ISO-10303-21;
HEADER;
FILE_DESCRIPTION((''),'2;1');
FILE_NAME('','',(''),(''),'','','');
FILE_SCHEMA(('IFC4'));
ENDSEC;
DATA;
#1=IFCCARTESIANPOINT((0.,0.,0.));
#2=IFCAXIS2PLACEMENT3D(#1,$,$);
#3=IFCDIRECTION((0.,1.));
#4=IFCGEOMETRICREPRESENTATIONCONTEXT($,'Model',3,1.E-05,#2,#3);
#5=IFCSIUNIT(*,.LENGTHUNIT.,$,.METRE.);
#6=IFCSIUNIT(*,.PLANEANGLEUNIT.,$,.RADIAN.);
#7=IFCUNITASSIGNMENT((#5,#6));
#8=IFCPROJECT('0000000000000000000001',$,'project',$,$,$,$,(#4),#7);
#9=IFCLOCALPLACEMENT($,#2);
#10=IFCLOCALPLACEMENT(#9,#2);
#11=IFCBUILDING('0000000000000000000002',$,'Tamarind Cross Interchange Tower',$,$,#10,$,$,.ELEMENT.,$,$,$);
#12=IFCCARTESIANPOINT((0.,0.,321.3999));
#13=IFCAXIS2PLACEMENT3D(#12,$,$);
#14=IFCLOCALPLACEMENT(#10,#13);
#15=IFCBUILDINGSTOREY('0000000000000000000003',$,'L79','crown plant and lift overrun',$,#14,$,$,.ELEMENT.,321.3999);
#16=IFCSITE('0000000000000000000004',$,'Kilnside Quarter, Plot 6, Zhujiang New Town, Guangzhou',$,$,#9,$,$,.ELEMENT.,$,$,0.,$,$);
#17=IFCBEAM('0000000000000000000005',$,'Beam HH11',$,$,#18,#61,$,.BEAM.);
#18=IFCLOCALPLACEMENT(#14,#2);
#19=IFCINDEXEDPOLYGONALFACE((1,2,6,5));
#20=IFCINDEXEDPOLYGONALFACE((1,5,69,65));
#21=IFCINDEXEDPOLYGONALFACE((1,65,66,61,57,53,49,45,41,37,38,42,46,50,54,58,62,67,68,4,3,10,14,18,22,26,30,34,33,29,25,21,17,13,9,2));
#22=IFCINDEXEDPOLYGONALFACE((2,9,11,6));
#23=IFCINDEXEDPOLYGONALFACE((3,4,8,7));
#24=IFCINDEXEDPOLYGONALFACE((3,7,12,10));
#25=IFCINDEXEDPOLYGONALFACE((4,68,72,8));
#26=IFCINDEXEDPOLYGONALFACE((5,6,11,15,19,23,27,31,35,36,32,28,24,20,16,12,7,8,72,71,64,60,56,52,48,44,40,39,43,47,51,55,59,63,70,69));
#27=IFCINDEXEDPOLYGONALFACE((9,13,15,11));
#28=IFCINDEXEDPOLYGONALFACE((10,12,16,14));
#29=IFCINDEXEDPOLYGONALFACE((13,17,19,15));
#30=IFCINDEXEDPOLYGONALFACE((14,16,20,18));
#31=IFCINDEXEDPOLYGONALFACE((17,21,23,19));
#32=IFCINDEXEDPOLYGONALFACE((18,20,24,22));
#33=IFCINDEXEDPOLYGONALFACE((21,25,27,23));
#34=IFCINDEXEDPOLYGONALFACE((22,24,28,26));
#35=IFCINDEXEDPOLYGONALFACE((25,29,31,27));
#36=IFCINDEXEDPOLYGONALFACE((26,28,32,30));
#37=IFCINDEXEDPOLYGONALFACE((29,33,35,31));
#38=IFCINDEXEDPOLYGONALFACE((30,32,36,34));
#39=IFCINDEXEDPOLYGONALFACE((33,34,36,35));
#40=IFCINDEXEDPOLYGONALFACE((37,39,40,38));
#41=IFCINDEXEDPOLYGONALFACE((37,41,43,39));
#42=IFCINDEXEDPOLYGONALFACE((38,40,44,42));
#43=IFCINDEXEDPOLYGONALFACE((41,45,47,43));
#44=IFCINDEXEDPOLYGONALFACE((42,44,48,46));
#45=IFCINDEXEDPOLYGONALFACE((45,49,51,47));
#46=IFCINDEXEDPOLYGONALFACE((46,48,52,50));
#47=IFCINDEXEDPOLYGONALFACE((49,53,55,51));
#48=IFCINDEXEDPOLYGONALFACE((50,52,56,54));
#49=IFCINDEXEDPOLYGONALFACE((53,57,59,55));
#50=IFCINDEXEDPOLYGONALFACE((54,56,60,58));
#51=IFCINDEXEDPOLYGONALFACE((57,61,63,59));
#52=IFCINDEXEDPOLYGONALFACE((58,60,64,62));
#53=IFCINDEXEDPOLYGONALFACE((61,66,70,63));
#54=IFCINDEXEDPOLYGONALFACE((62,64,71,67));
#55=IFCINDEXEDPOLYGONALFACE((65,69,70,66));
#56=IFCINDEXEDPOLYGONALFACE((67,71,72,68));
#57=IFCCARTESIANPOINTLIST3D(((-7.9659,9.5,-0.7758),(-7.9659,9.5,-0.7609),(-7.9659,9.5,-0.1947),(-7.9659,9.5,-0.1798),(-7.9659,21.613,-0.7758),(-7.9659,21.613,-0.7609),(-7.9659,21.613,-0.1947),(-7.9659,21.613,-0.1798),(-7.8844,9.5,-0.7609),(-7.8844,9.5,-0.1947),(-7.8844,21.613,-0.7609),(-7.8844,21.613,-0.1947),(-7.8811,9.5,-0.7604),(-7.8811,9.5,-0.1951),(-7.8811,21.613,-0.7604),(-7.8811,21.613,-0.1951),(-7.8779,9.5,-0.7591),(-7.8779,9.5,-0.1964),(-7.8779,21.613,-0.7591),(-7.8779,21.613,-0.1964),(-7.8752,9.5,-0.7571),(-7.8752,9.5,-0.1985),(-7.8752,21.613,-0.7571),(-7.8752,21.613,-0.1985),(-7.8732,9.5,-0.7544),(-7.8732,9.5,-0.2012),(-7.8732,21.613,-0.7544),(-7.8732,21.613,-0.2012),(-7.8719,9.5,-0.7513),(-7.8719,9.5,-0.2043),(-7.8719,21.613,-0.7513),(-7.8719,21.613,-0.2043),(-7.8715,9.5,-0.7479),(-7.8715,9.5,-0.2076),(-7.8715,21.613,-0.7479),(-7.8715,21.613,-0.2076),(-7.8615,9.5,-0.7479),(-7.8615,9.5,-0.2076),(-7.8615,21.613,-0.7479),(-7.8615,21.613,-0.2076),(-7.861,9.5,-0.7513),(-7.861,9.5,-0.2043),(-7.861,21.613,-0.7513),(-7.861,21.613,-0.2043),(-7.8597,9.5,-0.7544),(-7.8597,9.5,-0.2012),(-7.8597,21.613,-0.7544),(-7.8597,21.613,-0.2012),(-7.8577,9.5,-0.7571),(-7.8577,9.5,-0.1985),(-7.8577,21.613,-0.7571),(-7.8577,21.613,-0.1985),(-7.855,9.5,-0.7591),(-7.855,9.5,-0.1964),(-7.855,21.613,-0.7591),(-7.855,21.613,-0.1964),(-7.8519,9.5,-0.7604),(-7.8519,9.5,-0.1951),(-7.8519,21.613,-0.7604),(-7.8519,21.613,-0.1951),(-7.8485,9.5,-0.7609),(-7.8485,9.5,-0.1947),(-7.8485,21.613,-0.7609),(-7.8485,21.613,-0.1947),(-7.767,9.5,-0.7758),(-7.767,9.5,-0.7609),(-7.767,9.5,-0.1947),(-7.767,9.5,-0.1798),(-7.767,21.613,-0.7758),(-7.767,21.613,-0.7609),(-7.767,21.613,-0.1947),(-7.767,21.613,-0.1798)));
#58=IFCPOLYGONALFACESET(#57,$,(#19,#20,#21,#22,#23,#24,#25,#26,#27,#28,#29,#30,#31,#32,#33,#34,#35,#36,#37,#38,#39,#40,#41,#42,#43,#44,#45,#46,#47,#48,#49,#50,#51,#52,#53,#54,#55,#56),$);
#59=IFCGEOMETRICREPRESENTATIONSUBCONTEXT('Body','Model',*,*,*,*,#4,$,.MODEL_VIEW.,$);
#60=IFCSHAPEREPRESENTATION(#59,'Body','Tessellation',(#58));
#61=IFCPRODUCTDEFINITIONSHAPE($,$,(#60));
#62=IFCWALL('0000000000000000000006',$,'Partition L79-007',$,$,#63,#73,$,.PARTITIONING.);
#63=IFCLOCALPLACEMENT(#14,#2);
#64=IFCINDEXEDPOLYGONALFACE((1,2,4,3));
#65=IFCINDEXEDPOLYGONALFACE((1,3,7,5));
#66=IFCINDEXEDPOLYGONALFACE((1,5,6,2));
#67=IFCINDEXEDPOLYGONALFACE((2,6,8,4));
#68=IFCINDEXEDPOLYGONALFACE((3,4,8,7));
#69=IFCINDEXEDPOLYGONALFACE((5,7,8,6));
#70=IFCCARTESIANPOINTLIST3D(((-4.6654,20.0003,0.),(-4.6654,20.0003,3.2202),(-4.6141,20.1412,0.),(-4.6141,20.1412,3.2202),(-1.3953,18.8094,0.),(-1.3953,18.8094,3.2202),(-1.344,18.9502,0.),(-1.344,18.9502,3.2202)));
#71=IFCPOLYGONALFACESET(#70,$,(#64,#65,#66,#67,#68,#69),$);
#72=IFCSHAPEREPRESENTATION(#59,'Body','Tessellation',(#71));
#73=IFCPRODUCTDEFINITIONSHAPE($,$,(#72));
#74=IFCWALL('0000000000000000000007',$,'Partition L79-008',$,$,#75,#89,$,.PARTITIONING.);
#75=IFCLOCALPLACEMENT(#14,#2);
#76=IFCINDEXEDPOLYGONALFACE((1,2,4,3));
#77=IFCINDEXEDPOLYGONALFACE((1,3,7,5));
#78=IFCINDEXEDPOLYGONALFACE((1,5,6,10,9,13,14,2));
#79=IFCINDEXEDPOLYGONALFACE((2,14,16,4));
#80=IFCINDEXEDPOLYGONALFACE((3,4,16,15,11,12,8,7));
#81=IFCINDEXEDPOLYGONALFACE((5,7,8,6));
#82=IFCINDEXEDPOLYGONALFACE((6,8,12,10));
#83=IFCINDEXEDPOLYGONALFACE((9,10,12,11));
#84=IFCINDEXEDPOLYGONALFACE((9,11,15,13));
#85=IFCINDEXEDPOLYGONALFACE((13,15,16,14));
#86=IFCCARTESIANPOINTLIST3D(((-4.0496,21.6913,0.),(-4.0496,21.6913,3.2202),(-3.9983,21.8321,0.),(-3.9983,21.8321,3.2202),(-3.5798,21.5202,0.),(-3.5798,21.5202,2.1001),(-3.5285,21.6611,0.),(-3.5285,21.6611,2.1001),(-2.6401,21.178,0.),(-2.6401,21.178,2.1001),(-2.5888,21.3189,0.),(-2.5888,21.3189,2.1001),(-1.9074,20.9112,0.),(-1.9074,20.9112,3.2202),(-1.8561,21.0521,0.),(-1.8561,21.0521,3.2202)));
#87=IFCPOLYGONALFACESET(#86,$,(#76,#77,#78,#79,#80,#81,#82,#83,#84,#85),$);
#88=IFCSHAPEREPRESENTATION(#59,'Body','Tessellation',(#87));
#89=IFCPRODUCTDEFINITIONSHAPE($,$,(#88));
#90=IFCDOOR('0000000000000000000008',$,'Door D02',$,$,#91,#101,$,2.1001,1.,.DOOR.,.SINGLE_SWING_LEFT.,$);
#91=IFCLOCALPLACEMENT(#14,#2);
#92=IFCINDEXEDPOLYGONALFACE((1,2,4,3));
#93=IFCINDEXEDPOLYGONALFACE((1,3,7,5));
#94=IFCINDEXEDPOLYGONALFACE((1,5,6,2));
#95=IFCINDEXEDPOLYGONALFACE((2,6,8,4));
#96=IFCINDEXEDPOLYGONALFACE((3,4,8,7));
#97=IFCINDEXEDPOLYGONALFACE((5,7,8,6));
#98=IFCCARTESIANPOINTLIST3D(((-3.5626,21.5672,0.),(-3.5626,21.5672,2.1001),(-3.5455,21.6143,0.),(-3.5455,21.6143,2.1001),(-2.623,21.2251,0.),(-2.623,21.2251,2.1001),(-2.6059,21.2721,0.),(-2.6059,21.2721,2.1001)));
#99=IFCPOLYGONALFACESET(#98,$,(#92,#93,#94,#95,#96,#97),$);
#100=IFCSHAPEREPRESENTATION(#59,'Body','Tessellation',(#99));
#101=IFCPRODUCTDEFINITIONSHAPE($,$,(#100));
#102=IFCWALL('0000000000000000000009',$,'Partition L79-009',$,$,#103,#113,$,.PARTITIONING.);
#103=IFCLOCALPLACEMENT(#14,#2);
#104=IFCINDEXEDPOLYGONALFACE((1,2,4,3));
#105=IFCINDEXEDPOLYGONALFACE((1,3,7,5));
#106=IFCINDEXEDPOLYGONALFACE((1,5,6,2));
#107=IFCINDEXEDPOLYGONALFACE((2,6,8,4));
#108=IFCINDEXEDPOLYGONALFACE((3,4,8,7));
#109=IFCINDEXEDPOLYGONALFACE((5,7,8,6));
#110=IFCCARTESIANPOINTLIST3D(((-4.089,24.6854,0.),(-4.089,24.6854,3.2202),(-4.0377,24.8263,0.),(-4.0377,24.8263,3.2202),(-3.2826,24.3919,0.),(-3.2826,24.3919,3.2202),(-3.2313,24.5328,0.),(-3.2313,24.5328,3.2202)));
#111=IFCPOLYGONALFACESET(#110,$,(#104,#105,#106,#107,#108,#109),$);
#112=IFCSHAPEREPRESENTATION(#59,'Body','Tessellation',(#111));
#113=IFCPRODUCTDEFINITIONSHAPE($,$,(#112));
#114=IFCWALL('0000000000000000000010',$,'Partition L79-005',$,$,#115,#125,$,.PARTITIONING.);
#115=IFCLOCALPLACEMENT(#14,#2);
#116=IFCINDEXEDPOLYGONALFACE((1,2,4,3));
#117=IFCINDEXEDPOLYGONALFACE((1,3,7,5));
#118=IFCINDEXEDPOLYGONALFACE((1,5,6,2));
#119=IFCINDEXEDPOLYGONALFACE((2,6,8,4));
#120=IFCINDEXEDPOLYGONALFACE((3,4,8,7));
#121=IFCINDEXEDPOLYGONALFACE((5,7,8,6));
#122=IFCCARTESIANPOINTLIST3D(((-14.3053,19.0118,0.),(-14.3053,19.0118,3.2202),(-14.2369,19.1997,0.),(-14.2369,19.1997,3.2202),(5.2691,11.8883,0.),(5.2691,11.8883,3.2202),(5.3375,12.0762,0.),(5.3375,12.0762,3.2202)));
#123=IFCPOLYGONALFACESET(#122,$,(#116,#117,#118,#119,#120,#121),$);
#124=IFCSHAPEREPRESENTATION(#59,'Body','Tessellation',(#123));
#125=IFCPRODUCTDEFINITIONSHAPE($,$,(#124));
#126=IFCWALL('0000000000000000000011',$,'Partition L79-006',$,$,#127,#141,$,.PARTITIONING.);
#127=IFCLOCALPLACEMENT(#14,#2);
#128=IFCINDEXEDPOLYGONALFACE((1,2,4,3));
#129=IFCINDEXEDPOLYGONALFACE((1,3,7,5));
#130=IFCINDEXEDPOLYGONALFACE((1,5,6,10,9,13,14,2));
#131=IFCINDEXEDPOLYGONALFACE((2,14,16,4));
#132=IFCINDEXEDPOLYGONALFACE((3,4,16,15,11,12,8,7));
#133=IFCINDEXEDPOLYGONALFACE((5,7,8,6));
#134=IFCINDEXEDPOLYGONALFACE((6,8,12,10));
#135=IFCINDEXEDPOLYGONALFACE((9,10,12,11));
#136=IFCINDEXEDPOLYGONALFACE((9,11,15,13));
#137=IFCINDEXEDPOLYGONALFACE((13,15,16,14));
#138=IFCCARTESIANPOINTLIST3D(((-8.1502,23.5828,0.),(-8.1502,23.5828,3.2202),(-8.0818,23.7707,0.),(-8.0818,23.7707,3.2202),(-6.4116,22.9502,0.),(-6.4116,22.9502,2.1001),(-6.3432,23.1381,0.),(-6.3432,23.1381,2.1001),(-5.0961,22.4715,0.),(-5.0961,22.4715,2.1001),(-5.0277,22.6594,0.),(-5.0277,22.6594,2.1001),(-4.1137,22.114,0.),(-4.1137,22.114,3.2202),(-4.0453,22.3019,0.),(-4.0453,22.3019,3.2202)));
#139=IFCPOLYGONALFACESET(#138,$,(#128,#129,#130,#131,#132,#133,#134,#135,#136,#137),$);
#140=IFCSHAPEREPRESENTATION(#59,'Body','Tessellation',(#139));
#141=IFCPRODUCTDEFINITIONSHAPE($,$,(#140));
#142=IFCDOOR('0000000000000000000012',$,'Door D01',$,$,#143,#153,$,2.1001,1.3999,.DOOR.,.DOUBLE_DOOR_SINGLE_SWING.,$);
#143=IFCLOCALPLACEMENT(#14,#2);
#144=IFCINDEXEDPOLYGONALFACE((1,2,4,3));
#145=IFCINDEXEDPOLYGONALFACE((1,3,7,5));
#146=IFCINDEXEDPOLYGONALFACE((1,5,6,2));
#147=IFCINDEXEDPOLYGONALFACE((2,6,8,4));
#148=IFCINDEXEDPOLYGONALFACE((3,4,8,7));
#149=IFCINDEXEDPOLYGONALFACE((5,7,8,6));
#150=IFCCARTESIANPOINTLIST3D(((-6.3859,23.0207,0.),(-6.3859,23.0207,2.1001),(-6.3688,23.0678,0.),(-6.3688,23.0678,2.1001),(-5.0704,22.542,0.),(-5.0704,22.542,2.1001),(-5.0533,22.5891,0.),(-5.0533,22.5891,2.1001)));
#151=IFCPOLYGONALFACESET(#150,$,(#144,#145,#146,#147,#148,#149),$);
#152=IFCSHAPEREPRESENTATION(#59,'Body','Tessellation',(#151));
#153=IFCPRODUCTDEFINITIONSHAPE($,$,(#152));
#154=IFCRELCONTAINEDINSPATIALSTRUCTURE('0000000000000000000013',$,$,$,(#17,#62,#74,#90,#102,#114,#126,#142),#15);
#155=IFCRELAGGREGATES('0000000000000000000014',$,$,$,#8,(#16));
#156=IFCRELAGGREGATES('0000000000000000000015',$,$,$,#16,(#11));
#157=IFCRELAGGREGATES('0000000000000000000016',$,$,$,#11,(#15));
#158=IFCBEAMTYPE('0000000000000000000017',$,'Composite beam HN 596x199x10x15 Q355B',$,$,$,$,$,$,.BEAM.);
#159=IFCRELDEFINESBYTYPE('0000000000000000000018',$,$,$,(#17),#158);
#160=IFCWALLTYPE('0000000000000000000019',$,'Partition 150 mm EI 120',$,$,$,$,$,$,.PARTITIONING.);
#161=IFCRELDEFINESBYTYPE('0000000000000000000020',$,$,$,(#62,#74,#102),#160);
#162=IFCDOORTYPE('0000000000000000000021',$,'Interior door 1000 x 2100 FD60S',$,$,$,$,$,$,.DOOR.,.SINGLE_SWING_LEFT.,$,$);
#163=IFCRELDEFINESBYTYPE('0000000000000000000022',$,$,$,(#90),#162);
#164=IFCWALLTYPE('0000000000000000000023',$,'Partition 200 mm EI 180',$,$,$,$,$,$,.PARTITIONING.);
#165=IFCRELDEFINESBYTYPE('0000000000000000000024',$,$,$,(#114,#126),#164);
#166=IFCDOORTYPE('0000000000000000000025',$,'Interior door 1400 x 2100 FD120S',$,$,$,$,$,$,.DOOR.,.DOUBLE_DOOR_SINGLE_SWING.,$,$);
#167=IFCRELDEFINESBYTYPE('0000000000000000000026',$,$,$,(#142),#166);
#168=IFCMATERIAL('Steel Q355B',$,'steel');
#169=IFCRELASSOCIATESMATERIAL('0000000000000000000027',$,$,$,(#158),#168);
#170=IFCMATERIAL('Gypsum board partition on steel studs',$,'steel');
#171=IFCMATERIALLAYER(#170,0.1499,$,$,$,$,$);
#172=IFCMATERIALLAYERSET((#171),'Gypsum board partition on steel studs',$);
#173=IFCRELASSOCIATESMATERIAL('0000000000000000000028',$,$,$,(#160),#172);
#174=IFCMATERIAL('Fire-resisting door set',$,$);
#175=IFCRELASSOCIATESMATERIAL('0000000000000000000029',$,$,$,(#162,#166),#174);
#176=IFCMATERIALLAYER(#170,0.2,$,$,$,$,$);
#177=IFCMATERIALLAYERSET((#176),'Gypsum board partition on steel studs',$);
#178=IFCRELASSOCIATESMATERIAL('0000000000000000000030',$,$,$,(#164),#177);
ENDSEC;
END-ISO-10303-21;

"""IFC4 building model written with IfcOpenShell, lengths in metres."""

from ifc_helpers import new_model, si_unit, direction, frame, frame_2d, origin, origin_2d, place, context, subcontext, project, spatial, rectangle, i_section, extrude, material, layer, layer_set, material_profile, profile_set, type_object, element, fill, save


model = new_model("IFC4")

# Units and contexts
model_context = context("Model", 3, precision=1e-05, world=origin(), true_north=direction((0.0, 1.0)))
body_context = subcontext(model_context, "Body", "Model", "MODEL_VIEW")
ifc_project = project(units=[si_unit("LENGTHUNIT", "METRE"), si_unit("PLANEANGLEUNIT", "RADIAN")], contexts=[model_context])

# Site, building, storey
site_placement = place(None, origin())
site = spatial("IfcSite", under=ifc_project, at=site_placement, Name="Kilnside Quarter, Plot 6, Zhujiang New Town, Guangzhou", CompositionType="ELEMENT", RefElevation=0.0)
building_placement = place(site_placement, origin())
building = spatial("IfcBuilding", under=site, at=building_placement, Name="Tamarind Cross Interchange Tower", CompositionType="ELEMENT")
storey_placement = place(building_placement, frame((0.0, 0.0, 321.3999)))
storey = spatial("IfcBuildingStorey", under=building, at=storey_placement, Name="L79", Description="crown plant and lift overrun", CompositionType="ELEMENT", Elevation=321.3999)

# Beam
ifc_material_1 = material(Name="Steel Q355B", Category="steel")
ifc_material_profile_1 = material_profile(ifc_material_1, i_section(OverallWidth=0.199, OverallDepth=0.5959, WebThickness=0.01, FlangeThickness=0.0149, FilletRadius=0.0129, at=origin_2d()), Name="HN 596x199x10x15")
ifc_profile_set_1 = profile_set([ifc_material_profile_1], Name="Steel Q355B")
beam_type = type_object("IfcBeamType", Name="Composite beam HN 596x199x10x15 Q355B", PredefinedType="BEAM", material=ifc_profile_set_1)
beam_1_placement = place(storey_placement, frame((-7.8665, 21.613, -0.4778), z_axis=(0.0, -1.0, 0.0), x_axis=(1.0, 0.0, 0.0)))
element("IfcBeam", 1, at=beam_1_placement, inside=storey, type_object=beam_type, Name="Beam HH11", PredefinedType="BEAM", context=body_context, shape_type="SweptSolid", body=[
    extrude(i_section(OverallWidth=0.199, OverallDepth=0.5959, WebThickness=0.01, FlangeThickness=0.0149, FilletRadius=0.0129, at=origin_2d()), origin(), (0.0, 0.0, 1.0), 12.113),
])

# Wall
ifc_material_2 = material(Name="Gypsum board partition on steel studs", Category="steel")
ifc_layer_1 = layer(ifc_material_2, 0.1499)
ifc_layer_set_1 = layer_set([ifc_layer_1], Name="Gypsum board partition on steel studs")
wall_type_1 = type_object("IfcWallType", Name="Partition 150 mm EI 120", PredefinedType="PARTITIONING", material=ifc_layer_set_1)
wall_1_placement = place(storey_placement, frame((-4.6399, 20.0708, 0.0), z_axis=(0.0, 0.0, 1.0), x_axis=(0.939625, -0.342205, 0.0)))
element("IfcWall", 2, at=wall_1_placement, inside=storey, type_object=wall_type_1, Name="Partition L79-007", PredefinedType="PARTITIONING", context=body_context, shape_type="SweptSolid", body=[
    extrude(rectangle(XDim=3.4802, YDim=0.1499, at=frame_2d((1.7402, 0.0))), origin(), (0.0, 0.0, 1.0), 3.2202),
])

# Wall, opening, door
wall_2_placement = place(storey_placement, frame((-4.0239, 21.7617, 0.0), z_axis=(0.0, 0.0, 1.0), x_axis=(0.93964, -0.342164, 0.0)))
wall_2 = element("IfcWall", 3, at=wall_2_placement, inside=storey, type_object=wall_type_1, Name="Partition L79-008", PredefinedType="PARTITIONING", context=body_context, shape_type="SweptSolid", body=[
    extrude(rectangle(XDim=2.2798, YDim=0.1499, at=frame_2d((1.1399, 0.0))), origin(), (0.0, 0.0, 1.0), 3.2202),
])
opening_1_placement = place(wall_2_placement, frame((0.5, 0.0, 0.0)))
opening_1 = element("IfcOpeningElement", 4, at=opening_1_placement, cuts=wall_2, PredefinedType="OPENING", context=body_context, shape_type="SweptSolid", body=[
    extrude(rectangle(XDim=1.0, YDim=2.1001, at=frame_2d((0.5, 1.05))), frame((0.0, 0.085, 0.0), z_axis=(0.0, -1.0, 0.0), x_axis=(1.0, 0.0, 0.0)), (0.0, 0.0, 1.0), 0.1699),
])
ifc_material_3 = material(Name="Fire-resisting door set")
door_type_1 = type_object("IfcDoorType", Name="Interior door 1000 x 2100 FD60S", OperationType="SINGLE_SWING_LEFT", PredefinedType="DOOR", material=ifc_material_3)
door_1_placement = place(opening_1_placement, frame((1.0, 0.0, 0.0), z_axis=(0.0, 0.0, 1.0), x_axis=(-1.0, 0.0, 0.0)))
door_1 = element("IfcDoor", 5, at=door_1_placement, inside=storey, type_object=door_type_1, Name="Door D02", OperationType="SINGLE_SWING_LEFT", OverallHeight=2.1001, OverallWidth=1.0, PredefinedType="DOOR", context=body_context, shape_type="SweptSolid", body=[
    extrude(rectangle(XDim=1.0, YDim=2.1001, at=frame_2d((0.5, 1.05))), frame((0.0, 0.0249, 0.0), z_axis=(0.0, -1.0, 0.0), x_axis=(1.0, 0.0, 0.0)), (0.0, 0.0, 1.0), 0.05),
])
fill(opening_1, door_1)

# Walls
wall_3_placement = place(storey_placement, frame((-4.0635, 24.7559, 0.0), z_axis=(0.0, 0.0, 1.0), x_axis=(0.93971, -0.341971, 0.0)))
element("IfcWall", 6, at=wall_3_placement, inside=storey, type_object=wall_type_1, Name="Partition L79-009", PredefinedType="PARTITIONING", context=body_context, shape_type="SweptSolid", body=[
    extrude(rectangle(XDim=0.8582, YDim=0.1499, at=frame_2d((0.4292, 0.0))), origin(), (0.0, 0.0, 1.0), 3.2202),
])
ifc_layer_2 = layer(ifc_material_2, 0.2)
ifc_layer_set_2 = layer_set([ifc_layer_2], Name="Gypsum board partition on steel studs")
wall_type_2 = type_object("IfcWallType", Name="Partition 200 mm EI 180", PredefinedType="PARTITIONING", material=ifc_layer_set_2)
wall_4_placement = place(storey_placement, frame((-14.271, 19.1057, 0.0), z_axis=(0.0, 0.0, 1.0), x_axis=(0.939708, -0.341978, 0.0)))
element("IfcWall", 7, at=wall_4_placement, inside=storey, type_object=wall_type_2, Name="Partition L79-005", PredefinedType="PARTITIONING", context=body_context, shape_type="SweptSolid", body=[
    extrude(rectangle(XDim=20.8303, YDim=0.2, at=frame_2d((10.415, 0.0))), origin(), (0.0, 0.0, 1.0), 3.2202),
])

# Wall, opening, door
wall_5_placement = place(storey_placement, frame((-8.116, 23.6768, 0.0), z_axis=(0.0, 0.0, 1.0), x_axis=(0.93972, -0.341944, 0.0)))
wall_5 = element("IfcWall", 8, at=wall_5_placement, inside=storey, type_object=wall_type_2, Name="Partition L79-006", PredefinedType="PARTITIONING", context=body_context, shape_type="SweptSolid", body=[
    extrude(rectangle(XDim=4.2954, YDim=0.2, at=frame_2d((2.1477, 0.0))), origin(), (0.0, 0.0, 1.0), 3.2202),
])
opening_2_placement = place(wall_5_placement, frame((1.8501, 0.0, 0.0)))
opening_2 = element("IfcOpeningElement", 9, at=opening_2_placement, cuts=wall_5, PredefinedType="OPENING", context=body_context, shape_type="SweptSolid", body=[
    extrude(rectangle(XDim=1.3999, YDim=2.1001, at=frame_2d((0.7, 1.05))), frame((0.0, 0.1099, 0.0), z_axis=(0.0, -1.0, 0.0), x_axis=(1.0, 0.0, 0.0)), (0.0, 0.0, 1.0), 0.22),
])
door_type_2 = type_object("IfcDoorType", Name="Interior door 1400 x 2100 FD120S", OperationType="DOUBLE_DOOR_SINGLE_SWING", PredefinedType="DOOR", material=ifc_material_3)
door_2_placement = place(opening_2_placement, frame((1.3999, 0.0, 0.0), z_axis=(0.0, 0.0, 1.0), x_axis=(-1.0, 0.0, 0.0)))
door_2 = element("IfcDoor", 10, at=door_2_placement, inside=storey, type_object=door_type_2, Name="Door D01", OperationType="DOUBLE_DOOR_SINGLE_SWING", OverallHeight=2.1001, OverallWidth=1.3999, PredefinedType="DOOR", context=body_context, shape_type="SweptSolid", body=[
    extrude(rectangle(XDim=1.3999, YDim=2.1001, at=frame_2d((0.7, 1.05))), frame((0.0, 0.0249, 0.0), z_axis=(0.0, -1.0, 0.0), x_axis=(1.0, 0.0, 0.0)), (0.0, 0.0, 1.0), 0.05),
])
fill(opening_2, door_2)

save(model, "model.ifc")
